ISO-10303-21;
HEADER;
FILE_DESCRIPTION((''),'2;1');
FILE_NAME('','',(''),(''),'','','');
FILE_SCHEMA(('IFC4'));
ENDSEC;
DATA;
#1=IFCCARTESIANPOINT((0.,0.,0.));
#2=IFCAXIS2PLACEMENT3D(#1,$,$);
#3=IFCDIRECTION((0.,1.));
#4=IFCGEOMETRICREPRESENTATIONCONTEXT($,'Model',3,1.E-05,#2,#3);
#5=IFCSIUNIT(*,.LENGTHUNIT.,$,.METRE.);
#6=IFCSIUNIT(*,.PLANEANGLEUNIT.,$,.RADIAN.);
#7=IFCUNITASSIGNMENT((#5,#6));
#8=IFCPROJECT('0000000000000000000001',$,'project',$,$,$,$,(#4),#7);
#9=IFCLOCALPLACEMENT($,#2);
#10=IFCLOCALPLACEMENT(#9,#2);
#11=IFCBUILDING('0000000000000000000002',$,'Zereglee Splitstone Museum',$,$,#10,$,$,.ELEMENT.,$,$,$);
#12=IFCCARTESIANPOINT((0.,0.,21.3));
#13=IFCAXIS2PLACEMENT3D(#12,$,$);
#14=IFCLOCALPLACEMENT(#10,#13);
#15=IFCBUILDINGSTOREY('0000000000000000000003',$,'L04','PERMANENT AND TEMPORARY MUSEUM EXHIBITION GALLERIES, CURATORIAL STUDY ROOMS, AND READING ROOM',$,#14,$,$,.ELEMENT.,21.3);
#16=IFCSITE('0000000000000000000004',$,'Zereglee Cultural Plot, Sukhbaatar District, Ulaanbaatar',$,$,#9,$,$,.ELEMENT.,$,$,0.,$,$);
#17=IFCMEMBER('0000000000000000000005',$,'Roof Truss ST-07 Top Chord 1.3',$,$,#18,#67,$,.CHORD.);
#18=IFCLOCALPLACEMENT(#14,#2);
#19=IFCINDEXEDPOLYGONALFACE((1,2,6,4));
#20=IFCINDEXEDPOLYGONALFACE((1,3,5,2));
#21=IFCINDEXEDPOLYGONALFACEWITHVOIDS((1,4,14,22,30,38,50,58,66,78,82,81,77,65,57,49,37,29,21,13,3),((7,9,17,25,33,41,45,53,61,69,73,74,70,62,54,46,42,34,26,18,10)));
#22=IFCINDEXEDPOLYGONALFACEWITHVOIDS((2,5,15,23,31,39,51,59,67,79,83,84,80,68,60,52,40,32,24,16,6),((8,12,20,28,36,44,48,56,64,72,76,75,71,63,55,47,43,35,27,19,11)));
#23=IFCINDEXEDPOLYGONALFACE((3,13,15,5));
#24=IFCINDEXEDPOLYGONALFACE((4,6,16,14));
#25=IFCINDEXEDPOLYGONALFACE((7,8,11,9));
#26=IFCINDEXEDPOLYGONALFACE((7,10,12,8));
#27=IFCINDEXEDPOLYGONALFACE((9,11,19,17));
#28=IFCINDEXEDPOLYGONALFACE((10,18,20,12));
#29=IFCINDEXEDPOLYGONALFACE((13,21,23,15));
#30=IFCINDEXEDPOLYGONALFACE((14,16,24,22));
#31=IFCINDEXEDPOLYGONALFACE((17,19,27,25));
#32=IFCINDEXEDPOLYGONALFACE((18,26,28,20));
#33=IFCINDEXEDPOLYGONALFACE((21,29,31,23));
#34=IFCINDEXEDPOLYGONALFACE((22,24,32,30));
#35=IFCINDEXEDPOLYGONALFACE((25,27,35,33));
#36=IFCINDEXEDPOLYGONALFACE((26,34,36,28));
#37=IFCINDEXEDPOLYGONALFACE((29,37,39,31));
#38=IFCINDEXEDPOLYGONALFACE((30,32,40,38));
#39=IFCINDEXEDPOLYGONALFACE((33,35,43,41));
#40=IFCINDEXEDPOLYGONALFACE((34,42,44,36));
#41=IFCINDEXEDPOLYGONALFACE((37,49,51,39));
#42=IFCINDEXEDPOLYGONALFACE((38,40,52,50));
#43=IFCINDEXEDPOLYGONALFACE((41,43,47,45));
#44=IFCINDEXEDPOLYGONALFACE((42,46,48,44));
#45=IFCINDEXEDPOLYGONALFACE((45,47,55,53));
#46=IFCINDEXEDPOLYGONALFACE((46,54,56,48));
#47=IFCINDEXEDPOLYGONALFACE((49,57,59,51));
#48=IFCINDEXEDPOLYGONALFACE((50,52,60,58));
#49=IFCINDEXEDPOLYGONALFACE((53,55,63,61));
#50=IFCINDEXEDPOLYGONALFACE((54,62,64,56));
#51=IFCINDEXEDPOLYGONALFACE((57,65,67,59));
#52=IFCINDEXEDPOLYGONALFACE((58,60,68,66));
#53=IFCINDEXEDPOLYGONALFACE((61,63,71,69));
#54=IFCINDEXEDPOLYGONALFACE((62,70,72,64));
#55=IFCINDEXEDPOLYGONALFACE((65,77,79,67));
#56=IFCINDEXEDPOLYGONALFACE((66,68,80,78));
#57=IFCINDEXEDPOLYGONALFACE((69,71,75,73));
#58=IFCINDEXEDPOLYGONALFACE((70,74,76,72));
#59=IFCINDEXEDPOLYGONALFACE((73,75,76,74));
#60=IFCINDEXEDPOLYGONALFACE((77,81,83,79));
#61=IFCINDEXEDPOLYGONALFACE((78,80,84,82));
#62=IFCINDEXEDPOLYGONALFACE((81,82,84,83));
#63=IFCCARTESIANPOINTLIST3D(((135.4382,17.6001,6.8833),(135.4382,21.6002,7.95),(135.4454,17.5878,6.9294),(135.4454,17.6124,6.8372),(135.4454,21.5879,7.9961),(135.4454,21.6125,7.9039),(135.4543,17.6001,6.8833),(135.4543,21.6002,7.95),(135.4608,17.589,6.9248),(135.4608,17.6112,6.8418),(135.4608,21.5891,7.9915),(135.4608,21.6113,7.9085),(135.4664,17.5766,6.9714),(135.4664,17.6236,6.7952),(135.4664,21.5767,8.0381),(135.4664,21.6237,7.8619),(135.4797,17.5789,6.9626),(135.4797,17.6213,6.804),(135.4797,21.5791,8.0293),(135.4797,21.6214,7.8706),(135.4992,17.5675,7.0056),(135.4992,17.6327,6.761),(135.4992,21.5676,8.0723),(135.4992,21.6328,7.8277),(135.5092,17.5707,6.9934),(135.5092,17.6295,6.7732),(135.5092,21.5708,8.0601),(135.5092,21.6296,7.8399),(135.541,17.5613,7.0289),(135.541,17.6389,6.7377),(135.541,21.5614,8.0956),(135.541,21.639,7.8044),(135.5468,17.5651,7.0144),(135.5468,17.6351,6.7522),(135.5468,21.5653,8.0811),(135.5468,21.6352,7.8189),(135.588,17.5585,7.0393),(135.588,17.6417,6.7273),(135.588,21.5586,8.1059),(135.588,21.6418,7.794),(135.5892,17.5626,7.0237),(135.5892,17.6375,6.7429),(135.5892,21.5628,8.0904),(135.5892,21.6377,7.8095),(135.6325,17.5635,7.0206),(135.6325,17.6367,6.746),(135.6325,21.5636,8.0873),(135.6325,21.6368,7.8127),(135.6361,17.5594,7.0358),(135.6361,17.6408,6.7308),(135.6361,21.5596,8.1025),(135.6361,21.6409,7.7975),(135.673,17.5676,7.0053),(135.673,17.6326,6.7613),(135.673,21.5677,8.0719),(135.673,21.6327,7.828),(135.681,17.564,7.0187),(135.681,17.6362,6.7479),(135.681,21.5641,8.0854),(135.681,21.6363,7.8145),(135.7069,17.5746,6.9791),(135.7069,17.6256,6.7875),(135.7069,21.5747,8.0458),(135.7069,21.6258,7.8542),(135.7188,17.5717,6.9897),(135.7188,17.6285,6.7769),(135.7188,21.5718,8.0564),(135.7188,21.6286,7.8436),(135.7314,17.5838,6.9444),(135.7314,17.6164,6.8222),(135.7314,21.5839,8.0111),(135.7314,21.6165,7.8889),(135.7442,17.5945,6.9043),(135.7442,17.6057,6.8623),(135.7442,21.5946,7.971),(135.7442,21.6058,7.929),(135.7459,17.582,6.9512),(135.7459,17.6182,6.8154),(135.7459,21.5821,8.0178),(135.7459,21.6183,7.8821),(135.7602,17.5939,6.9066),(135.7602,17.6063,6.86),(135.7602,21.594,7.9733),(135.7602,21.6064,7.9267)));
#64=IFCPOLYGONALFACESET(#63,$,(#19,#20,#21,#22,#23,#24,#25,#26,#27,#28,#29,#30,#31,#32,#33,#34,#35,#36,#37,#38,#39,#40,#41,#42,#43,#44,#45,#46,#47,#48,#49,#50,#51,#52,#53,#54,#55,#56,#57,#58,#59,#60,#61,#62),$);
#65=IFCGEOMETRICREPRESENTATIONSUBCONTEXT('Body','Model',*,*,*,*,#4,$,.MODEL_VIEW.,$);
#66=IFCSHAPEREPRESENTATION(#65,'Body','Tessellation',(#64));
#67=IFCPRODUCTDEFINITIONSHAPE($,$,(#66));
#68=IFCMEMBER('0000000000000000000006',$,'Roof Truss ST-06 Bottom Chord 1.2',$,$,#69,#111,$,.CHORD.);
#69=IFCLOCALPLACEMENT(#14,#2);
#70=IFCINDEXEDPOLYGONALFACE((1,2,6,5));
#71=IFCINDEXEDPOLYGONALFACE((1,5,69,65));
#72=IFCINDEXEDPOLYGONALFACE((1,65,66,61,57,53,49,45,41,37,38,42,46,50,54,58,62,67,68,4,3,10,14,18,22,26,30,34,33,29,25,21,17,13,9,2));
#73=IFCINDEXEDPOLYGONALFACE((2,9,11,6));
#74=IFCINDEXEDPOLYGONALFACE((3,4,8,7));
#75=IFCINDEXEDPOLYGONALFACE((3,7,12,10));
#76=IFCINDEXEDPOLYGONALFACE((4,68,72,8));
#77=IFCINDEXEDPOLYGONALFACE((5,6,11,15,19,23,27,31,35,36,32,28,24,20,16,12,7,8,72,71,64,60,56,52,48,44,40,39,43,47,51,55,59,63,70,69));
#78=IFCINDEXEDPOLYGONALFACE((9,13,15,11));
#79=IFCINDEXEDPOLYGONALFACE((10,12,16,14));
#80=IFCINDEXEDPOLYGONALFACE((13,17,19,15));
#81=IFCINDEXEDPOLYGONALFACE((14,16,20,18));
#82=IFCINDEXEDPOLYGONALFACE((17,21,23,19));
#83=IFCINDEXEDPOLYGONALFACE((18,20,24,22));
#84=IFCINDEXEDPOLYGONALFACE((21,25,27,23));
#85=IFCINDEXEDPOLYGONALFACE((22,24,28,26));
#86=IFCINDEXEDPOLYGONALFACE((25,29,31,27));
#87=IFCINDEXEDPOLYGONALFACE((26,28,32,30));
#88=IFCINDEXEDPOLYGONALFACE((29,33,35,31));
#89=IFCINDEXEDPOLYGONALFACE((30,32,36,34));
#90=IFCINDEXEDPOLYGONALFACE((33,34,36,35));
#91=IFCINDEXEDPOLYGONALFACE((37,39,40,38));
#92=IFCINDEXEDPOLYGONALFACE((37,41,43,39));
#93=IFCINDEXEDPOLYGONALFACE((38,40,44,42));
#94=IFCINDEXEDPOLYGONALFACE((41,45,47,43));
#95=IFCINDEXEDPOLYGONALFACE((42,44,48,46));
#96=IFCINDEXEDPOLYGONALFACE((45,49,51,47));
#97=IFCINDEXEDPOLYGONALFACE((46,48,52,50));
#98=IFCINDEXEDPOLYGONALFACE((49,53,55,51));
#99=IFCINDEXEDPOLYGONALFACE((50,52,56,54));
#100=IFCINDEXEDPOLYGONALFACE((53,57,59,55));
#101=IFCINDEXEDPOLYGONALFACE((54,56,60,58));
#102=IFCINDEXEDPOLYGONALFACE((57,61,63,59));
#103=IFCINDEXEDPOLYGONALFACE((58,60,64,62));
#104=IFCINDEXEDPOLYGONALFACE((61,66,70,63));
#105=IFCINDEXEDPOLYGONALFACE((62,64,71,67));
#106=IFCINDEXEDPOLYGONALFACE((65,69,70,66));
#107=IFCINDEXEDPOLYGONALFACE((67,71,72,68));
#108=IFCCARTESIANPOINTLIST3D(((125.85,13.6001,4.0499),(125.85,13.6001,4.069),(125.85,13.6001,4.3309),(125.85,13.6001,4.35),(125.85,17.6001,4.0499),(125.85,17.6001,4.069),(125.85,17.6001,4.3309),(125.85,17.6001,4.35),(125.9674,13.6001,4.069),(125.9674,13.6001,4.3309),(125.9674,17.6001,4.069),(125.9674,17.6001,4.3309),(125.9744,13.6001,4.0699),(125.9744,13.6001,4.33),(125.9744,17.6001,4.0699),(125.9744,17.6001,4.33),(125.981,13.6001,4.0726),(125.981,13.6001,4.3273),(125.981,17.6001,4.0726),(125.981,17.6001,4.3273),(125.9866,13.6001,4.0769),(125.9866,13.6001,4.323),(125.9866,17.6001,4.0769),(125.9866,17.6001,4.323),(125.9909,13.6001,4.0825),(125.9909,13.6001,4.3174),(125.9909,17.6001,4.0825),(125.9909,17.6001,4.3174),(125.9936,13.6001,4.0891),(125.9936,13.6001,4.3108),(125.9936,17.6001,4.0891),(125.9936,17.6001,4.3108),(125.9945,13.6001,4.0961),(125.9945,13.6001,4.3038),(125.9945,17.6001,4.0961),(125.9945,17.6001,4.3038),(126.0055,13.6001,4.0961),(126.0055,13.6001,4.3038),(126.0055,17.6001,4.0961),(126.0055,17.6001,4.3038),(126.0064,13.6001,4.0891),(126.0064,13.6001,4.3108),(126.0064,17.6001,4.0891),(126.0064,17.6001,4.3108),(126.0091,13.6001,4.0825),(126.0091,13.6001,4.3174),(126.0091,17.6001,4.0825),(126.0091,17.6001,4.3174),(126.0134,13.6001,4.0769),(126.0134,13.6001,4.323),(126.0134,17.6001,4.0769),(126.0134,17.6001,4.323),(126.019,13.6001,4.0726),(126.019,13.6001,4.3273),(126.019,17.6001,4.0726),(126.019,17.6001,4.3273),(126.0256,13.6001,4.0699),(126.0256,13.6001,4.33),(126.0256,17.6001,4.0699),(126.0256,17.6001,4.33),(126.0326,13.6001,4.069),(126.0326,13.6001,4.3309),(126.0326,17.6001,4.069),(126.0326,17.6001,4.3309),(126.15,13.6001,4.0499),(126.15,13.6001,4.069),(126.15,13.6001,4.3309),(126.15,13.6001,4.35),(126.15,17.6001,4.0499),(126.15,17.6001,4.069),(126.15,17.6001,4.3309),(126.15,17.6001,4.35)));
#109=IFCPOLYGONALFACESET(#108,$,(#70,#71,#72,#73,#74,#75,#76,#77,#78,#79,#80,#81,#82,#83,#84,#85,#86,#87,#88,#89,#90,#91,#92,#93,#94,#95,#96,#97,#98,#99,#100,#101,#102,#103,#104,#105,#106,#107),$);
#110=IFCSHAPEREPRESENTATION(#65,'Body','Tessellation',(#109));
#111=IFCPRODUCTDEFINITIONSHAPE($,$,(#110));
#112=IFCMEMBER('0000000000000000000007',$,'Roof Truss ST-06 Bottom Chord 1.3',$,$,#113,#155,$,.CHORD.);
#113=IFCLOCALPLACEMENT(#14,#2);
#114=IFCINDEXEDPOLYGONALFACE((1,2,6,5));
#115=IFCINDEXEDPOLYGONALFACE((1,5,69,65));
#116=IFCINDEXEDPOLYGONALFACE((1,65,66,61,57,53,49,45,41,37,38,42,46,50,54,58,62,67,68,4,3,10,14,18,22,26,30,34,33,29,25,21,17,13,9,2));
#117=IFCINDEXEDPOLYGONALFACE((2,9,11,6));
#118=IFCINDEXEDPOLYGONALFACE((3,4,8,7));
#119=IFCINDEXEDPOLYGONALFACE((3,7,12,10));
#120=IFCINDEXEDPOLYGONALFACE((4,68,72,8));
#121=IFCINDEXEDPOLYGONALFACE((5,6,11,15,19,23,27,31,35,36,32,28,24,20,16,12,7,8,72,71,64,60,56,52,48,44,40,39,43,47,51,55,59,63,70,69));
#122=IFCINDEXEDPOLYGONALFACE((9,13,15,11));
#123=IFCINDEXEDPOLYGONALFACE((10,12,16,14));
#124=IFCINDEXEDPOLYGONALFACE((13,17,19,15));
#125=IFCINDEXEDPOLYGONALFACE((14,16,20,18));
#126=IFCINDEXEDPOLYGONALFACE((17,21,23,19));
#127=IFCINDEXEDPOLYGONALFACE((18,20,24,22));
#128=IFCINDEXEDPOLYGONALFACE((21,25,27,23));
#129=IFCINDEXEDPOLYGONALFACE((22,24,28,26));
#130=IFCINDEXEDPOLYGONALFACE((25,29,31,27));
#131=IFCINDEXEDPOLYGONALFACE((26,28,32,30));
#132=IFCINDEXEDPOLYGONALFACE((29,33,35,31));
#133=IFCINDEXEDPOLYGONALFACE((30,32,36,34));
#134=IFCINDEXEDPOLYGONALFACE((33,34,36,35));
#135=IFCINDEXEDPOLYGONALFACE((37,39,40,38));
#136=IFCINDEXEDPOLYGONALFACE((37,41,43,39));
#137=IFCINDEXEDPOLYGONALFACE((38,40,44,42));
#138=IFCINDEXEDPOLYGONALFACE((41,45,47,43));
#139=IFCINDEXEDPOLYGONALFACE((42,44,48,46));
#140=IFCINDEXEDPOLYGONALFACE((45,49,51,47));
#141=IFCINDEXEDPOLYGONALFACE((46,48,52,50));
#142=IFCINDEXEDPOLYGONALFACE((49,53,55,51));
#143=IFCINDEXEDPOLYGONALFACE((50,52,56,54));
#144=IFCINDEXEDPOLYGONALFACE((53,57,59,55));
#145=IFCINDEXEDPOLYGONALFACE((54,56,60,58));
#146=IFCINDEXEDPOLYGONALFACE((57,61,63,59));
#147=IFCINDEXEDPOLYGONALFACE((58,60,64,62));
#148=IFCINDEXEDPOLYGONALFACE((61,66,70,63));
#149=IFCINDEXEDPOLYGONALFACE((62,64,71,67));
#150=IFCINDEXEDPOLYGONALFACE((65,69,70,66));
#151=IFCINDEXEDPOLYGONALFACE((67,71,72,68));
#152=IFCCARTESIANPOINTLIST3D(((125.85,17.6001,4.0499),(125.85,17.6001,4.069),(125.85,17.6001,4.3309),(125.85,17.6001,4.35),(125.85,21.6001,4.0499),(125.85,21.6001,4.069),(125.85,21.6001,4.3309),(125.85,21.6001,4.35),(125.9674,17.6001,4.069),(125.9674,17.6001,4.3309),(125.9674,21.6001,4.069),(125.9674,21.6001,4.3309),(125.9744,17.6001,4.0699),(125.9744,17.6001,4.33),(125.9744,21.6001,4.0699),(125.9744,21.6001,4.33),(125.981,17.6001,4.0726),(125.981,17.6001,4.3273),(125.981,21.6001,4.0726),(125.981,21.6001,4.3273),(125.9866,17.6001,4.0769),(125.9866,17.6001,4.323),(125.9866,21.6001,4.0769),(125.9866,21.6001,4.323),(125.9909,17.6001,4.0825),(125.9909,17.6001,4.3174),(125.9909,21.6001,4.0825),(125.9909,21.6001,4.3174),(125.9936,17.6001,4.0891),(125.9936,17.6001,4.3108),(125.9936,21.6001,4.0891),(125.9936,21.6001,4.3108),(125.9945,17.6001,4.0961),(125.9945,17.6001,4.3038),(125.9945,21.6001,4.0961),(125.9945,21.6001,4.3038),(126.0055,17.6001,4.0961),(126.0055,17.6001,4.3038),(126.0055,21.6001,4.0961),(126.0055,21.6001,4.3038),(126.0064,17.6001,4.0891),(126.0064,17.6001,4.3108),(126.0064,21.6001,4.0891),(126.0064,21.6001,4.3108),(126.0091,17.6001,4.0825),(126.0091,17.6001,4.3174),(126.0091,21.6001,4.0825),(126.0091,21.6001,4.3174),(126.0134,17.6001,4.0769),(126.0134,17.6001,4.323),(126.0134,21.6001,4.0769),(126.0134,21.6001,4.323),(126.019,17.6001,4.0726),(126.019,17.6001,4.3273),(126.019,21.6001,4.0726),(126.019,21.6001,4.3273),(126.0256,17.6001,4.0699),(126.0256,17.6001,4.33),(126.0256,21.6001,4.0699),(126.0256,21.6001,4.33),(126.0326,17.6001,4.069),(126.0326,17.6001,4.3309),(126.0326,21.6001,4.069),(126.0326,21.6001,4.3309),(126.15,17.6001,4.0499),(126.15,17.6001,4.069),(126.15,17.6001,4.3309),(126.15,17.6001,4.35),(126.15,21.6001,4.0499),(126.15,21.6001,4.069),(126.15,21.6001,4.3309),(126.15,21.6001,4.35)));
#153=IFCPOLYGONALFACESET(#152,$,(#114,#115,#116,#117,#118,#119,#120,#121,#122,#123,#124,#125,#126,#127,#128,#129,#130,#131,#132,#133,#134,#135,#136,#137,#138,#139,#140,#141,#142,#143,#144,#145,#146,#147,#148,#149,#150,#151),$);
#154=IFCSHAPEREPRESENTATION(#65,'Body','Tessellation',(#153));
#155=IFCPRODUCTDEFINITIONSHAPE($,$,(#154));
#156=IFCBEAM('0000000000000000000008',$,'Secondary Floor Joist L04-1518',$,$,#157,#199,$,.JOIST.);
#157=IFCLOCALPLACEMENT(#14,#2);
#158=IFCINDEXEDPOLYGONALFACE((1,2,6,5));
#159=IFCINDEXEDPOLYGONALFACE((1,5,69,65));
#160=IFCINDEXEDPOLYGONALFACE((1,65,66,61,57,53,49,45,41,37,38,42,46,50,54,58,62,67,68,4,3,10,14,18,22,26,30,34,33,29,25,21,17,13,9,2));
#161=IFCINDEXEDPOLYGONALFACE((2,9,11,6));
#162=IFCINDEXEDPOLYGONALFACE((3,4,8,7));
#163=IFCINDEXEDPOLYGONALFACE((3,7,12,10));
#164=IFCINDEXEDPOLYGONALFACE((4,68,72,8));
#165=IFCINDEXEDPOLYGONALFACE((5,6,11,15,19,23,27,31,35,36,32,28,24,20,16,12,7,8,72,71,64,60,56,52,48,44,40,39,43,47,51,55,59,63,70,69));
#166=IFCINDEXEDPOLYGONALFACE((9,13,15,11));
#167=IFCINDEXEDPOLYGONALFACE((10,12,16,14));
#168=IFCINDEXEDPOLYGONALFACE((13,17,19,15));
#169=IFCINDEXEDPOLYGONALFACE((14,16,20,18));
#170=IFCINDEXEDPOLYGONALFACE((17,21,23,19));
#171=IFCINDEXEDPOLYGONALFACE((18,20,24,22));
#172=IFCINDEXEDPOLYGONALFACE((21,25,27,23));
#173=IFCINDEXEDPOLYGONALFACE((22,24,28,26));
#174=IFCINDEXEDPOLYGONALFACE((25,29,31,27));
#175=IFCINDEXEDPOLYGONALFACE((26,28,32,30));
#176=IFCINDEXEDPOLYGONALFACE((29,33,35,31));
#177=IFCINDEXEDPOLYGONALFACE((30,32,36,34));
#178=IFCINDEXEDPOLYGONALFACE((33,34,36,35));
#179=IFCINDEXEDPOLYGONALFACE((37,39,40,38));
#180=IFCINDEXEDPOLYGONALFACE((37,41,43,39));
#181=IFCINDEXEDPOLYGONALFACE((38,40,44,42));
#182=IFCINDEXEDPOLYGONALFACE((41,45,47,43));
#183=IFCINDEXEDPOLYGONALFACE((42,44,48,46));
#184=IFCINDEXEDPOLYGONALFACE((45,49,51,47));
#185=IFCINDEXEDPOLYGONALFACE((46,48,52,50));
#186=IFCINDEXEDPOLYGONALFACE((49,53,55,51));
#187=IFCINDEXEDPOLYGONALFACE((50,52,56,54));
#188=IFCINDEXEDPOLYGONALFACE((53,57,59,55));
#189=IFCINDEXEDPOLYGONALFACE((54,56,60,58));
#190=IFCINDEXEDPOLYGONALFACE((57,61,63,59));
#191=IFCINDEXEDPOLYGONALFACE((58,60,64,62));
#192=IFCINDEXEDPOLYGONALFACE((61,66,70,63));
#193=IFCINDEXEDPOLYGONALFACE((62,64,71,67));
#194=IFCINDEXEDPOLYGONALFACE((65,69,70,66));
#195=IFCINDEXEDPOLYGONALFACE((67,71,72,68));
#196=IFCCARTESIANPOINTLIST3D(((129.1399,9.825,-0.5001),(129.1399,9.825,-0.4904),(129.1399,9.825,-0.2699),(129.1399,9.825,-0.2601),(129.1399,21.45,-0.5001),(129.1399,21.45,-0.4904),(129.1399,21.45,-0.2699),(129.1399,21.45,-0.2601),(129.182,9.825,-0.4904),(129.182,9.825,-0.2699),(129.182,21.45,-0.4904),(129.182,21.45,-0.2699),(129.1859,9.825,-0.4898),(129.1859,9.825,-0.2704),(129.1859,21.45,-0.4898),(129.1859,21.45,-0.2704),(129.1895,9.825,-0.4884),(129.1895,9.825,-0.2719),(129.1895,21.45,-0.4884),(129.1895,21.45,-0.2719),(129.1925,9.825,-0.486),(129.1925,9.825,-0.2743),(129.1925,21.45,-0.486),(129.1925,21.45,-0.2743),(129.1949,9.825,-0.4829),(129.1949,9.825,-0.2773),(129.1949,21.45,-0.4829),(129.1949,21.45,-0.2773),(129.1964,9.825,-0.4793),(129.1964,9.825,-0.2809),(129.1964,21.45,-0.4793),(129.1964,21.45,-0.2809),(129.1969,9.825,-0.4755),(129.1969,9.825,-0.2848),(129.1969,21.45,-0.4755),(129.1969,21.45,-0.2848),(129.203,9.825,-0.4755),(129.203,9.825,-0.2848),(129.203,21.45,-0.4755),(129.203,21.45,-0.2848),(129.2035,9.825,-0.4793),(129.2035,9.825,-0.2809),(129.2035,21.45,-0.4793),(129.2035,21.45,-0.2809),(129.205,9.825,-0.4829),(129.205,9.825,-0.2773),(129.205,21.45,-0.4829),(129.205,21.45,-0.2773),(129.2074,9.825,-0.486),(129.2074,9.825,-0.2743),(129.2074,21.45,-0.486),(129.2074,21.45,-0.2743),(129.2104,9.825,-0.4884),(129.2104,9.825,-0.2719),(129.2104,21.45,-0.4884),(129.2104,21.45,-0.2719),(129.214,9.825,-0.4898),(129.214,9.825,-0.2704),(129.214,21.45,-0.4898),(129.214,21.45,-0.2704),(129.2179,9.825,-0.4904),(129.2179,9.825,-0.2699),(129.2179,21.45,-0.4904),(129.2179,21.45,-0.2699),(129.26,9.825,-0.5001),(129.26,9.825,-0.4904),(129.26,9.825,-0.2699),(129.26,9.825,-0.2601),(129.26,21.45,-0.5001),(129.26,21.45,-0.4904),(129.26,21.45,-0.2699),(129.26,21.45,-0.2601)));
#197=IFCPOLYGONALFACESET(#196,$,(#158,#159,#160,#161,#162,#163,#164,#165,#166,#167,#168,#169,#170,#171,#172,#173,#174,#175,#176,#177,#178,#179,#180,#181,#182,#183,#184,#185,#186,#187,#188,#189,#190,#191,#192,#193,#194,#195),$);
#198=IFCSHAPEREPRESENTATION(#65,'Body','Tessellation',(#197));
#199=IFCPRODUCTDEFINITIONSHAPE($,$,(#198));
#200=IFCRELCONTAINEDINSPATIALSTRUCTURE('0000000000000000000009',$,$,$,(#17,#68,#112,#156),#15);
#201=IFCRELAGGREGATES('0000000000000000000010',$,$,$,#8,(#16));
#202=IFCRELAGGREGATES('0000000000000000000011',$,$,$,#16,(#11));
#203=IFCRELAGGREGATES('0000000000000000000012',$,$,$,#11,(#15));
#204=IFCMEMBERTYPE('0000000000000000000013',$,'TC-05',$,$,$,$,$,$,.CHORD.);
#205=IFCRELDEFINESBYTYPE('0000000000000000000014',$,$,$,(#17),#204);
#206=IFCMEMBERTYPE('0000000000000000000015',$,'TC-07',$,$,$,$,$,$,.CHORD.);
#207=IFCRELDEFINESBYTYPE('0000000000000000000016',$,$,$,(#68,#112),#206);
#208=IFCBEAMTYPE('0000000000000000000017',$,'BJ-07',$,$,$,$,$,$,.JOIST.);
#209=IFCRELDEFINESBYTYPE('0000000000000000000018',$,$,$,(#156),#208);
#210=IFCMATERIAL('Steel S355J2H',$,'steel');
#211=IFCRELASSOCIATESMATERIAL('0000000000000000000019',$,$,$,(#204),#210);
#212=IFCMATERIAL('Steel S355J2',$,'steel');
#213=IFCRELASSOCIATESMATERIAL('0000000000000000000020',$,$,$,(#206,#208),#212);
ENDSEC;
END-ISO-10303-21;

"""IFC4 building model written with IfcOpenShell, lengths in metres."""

from ifc_helpers import new_model, si_unit, direction, frame, origin, origin_2d, place, context, subcontext, project, spatial, hollow_circle, i_section, extrude, material, material_profile, profile_set, type_object, element, save


model = new_model("IFC4")

# Units and contexts
model_context = context("Model", 3, precision=1e-05, world=origin(), true_north=direction((0.0, 1.0)))
body_context = subcontext(model_context, "Body", "Model", "MODEL_VIEW")
ifc_project = project(units=[si_unit("LENGTHUNIT", "METRE"), si_unit("PLANEANGLEUNIT", "RADIAN")], contexts=[model_context])

# Site, building, storey
site_placement = place(None, origin())
site = spatial("IfcSite", under=ifc_project, at=site_placement, Name="Zereglee Cultural Plot, Sukhbaatar District, Ulaanbaatar", CompositionType="ELEMENT", RefElevation=0.0)
building_placement = place(site_placement, origin())
building = spatial("IfcBuilding", under=site, at=building_placement, Name="Zereglee Splitstone Museum", CompositionType="ELEMENT")
storey_placement = place(building_placement, frame((0.0, 0.0, 21.3)))
storey = spatial("IfcBuildingStorey", under=building, at=storey_placement, Name="L04", Description="PERMANENT AND TEMPORARY MUSEUM EXHIBITION GALLERIES, CURATORIAL STUDY ROOMS, AND READING ROOM", CompositionType="ELEMENT", Elevation=21.3)

# Members
ifc_material_1 = material(Name="Steel S355J2H", Category="steel")
ifc_material_profile_1 = material_profile(ifc_material_1, hollow_circle(Radius=0.1619, WallThickness=0.0161, at=origin_2d()), Name="CHS 323.9x16")
ifc_profile_set_1 = profile_set([ifc_material_profile_1], Name="Steel S355J2H")
member_type_1 = type_object("IfcMemberType", Name="TC-05", PredefinedType="CHORD", material=ifc_profile_set_1)
member_1_placement = place(storey_placement, frame((135.6001, 17.6001, 6.8833), z_axis=(0.0, 0.966236, 0.257659), x_axis=(-1.0, 0.0, 0.0)))
element("IfcMember", 1, at=member_1_placement, inside=storey, type_object=member_type_1, Name="Roof Truss ST-07 Top Chord 1.3", PredefinedType="CHORD", context=body_context, shape_type="SweptSolid", body=[
    extrude(hollow_circle(Radius=0.1619, WallThickness=0.0161, at=origin_2d()), origin(), (0.0, 0.0, 1.0), 4.1399),
])
ifc_material_2 = material(Name="Steel S355J2", Category="steel")
ifc_material_profile_2 = material_profile(ifc_material_2, i_section(OverallWidth=0.3, OverallDepth=0.3, WebThickness=0.011, FlangeThickness=0.019, FilletRadius=0.0271, at=origin_2d()), Name="HE 300 B")
ifc_profile_set_2 = profile_set([ifc_material_profile_2], Name="Steel S355J2")
member_type_2 = type_object("IfcMemberType", Name="TC-07", PredefinedType="CHORD", material=ifc_profile_set_2)
for number, where, z_axis, x_axis, name in (
    (2, (126.0, 13.6001, 4.2), (0.0, 1.0, 0.0), (-1.0, 0.0, 0.0), "Roof Truss ST-06 Bottom Chord 1.2"),
    (3, (126.0, 17.6001, 4.2), (0.0, 1.0, 0.0), (-1.0, 0.0, 0.0), "Roof Truss ST-06 Bottom Chord 1.3"),
):
    element("IfcMember", number, at=place(storey_placement, frame(where, z_axis=z_axis, x_axis=x_axis)), inside=storey, type_object=member_type_2, Name=name, PredefinedType="CHORD", context=body_context, shape_type="SweptSolid", body=[
        extrude(i_section(OverallWidth=0.3, OverallDepth=0.3, WebThickness=0.011, FlangeThickness=0.019, FilletRadius=0.0271, at=origin_2d()), origin(), (0.0, 0.0, 1.0), 4.0),
    ])

# Beam
ifc_material_profile_3 = material_profile(ifc_material_2, i_section(OverallWidth=0.1201, OverallDepth=0.24, WebThickness=0.0061, FlangeThickness=0.0098, FilletRadius=0.0149, at=origin_2d()), Name="IPE 240")
ifc_profile_set_3 = profile_set([ifc_material_profile_3], Name="Steel S355J2")
beam_type_1 = type_object("IfcBeamType", Name="BJ-07", PredefinedType="JOIST", material=ifc_profile_set_3)
beam_1_placement = place(storey_placement, frame((129.2, 9.825, -0.3801), z_axis=(0.0, 1.0, 0.0), x_axis=(-1.0, 0.0, 0.0)))
element("IfcBeam", 4, at=beam_1_placement, inside=storey, type_object=beam_type_1, Name="Secondary Floor Joist L04-1518", PredefinedType="JOIST", context=body_context, shape_type="SweptSolid", body=[
    extrude(i_section(OverallWidth=0.1201, OverallDepth=0.24, WebThickness=0.0061, FlangeThickness=0.0098, FilletRadius=0.0149, at=origin_2d()), origin(), (0.0, 0.0, 1.0), 11.625),
])

save(model, "model.ifc")
